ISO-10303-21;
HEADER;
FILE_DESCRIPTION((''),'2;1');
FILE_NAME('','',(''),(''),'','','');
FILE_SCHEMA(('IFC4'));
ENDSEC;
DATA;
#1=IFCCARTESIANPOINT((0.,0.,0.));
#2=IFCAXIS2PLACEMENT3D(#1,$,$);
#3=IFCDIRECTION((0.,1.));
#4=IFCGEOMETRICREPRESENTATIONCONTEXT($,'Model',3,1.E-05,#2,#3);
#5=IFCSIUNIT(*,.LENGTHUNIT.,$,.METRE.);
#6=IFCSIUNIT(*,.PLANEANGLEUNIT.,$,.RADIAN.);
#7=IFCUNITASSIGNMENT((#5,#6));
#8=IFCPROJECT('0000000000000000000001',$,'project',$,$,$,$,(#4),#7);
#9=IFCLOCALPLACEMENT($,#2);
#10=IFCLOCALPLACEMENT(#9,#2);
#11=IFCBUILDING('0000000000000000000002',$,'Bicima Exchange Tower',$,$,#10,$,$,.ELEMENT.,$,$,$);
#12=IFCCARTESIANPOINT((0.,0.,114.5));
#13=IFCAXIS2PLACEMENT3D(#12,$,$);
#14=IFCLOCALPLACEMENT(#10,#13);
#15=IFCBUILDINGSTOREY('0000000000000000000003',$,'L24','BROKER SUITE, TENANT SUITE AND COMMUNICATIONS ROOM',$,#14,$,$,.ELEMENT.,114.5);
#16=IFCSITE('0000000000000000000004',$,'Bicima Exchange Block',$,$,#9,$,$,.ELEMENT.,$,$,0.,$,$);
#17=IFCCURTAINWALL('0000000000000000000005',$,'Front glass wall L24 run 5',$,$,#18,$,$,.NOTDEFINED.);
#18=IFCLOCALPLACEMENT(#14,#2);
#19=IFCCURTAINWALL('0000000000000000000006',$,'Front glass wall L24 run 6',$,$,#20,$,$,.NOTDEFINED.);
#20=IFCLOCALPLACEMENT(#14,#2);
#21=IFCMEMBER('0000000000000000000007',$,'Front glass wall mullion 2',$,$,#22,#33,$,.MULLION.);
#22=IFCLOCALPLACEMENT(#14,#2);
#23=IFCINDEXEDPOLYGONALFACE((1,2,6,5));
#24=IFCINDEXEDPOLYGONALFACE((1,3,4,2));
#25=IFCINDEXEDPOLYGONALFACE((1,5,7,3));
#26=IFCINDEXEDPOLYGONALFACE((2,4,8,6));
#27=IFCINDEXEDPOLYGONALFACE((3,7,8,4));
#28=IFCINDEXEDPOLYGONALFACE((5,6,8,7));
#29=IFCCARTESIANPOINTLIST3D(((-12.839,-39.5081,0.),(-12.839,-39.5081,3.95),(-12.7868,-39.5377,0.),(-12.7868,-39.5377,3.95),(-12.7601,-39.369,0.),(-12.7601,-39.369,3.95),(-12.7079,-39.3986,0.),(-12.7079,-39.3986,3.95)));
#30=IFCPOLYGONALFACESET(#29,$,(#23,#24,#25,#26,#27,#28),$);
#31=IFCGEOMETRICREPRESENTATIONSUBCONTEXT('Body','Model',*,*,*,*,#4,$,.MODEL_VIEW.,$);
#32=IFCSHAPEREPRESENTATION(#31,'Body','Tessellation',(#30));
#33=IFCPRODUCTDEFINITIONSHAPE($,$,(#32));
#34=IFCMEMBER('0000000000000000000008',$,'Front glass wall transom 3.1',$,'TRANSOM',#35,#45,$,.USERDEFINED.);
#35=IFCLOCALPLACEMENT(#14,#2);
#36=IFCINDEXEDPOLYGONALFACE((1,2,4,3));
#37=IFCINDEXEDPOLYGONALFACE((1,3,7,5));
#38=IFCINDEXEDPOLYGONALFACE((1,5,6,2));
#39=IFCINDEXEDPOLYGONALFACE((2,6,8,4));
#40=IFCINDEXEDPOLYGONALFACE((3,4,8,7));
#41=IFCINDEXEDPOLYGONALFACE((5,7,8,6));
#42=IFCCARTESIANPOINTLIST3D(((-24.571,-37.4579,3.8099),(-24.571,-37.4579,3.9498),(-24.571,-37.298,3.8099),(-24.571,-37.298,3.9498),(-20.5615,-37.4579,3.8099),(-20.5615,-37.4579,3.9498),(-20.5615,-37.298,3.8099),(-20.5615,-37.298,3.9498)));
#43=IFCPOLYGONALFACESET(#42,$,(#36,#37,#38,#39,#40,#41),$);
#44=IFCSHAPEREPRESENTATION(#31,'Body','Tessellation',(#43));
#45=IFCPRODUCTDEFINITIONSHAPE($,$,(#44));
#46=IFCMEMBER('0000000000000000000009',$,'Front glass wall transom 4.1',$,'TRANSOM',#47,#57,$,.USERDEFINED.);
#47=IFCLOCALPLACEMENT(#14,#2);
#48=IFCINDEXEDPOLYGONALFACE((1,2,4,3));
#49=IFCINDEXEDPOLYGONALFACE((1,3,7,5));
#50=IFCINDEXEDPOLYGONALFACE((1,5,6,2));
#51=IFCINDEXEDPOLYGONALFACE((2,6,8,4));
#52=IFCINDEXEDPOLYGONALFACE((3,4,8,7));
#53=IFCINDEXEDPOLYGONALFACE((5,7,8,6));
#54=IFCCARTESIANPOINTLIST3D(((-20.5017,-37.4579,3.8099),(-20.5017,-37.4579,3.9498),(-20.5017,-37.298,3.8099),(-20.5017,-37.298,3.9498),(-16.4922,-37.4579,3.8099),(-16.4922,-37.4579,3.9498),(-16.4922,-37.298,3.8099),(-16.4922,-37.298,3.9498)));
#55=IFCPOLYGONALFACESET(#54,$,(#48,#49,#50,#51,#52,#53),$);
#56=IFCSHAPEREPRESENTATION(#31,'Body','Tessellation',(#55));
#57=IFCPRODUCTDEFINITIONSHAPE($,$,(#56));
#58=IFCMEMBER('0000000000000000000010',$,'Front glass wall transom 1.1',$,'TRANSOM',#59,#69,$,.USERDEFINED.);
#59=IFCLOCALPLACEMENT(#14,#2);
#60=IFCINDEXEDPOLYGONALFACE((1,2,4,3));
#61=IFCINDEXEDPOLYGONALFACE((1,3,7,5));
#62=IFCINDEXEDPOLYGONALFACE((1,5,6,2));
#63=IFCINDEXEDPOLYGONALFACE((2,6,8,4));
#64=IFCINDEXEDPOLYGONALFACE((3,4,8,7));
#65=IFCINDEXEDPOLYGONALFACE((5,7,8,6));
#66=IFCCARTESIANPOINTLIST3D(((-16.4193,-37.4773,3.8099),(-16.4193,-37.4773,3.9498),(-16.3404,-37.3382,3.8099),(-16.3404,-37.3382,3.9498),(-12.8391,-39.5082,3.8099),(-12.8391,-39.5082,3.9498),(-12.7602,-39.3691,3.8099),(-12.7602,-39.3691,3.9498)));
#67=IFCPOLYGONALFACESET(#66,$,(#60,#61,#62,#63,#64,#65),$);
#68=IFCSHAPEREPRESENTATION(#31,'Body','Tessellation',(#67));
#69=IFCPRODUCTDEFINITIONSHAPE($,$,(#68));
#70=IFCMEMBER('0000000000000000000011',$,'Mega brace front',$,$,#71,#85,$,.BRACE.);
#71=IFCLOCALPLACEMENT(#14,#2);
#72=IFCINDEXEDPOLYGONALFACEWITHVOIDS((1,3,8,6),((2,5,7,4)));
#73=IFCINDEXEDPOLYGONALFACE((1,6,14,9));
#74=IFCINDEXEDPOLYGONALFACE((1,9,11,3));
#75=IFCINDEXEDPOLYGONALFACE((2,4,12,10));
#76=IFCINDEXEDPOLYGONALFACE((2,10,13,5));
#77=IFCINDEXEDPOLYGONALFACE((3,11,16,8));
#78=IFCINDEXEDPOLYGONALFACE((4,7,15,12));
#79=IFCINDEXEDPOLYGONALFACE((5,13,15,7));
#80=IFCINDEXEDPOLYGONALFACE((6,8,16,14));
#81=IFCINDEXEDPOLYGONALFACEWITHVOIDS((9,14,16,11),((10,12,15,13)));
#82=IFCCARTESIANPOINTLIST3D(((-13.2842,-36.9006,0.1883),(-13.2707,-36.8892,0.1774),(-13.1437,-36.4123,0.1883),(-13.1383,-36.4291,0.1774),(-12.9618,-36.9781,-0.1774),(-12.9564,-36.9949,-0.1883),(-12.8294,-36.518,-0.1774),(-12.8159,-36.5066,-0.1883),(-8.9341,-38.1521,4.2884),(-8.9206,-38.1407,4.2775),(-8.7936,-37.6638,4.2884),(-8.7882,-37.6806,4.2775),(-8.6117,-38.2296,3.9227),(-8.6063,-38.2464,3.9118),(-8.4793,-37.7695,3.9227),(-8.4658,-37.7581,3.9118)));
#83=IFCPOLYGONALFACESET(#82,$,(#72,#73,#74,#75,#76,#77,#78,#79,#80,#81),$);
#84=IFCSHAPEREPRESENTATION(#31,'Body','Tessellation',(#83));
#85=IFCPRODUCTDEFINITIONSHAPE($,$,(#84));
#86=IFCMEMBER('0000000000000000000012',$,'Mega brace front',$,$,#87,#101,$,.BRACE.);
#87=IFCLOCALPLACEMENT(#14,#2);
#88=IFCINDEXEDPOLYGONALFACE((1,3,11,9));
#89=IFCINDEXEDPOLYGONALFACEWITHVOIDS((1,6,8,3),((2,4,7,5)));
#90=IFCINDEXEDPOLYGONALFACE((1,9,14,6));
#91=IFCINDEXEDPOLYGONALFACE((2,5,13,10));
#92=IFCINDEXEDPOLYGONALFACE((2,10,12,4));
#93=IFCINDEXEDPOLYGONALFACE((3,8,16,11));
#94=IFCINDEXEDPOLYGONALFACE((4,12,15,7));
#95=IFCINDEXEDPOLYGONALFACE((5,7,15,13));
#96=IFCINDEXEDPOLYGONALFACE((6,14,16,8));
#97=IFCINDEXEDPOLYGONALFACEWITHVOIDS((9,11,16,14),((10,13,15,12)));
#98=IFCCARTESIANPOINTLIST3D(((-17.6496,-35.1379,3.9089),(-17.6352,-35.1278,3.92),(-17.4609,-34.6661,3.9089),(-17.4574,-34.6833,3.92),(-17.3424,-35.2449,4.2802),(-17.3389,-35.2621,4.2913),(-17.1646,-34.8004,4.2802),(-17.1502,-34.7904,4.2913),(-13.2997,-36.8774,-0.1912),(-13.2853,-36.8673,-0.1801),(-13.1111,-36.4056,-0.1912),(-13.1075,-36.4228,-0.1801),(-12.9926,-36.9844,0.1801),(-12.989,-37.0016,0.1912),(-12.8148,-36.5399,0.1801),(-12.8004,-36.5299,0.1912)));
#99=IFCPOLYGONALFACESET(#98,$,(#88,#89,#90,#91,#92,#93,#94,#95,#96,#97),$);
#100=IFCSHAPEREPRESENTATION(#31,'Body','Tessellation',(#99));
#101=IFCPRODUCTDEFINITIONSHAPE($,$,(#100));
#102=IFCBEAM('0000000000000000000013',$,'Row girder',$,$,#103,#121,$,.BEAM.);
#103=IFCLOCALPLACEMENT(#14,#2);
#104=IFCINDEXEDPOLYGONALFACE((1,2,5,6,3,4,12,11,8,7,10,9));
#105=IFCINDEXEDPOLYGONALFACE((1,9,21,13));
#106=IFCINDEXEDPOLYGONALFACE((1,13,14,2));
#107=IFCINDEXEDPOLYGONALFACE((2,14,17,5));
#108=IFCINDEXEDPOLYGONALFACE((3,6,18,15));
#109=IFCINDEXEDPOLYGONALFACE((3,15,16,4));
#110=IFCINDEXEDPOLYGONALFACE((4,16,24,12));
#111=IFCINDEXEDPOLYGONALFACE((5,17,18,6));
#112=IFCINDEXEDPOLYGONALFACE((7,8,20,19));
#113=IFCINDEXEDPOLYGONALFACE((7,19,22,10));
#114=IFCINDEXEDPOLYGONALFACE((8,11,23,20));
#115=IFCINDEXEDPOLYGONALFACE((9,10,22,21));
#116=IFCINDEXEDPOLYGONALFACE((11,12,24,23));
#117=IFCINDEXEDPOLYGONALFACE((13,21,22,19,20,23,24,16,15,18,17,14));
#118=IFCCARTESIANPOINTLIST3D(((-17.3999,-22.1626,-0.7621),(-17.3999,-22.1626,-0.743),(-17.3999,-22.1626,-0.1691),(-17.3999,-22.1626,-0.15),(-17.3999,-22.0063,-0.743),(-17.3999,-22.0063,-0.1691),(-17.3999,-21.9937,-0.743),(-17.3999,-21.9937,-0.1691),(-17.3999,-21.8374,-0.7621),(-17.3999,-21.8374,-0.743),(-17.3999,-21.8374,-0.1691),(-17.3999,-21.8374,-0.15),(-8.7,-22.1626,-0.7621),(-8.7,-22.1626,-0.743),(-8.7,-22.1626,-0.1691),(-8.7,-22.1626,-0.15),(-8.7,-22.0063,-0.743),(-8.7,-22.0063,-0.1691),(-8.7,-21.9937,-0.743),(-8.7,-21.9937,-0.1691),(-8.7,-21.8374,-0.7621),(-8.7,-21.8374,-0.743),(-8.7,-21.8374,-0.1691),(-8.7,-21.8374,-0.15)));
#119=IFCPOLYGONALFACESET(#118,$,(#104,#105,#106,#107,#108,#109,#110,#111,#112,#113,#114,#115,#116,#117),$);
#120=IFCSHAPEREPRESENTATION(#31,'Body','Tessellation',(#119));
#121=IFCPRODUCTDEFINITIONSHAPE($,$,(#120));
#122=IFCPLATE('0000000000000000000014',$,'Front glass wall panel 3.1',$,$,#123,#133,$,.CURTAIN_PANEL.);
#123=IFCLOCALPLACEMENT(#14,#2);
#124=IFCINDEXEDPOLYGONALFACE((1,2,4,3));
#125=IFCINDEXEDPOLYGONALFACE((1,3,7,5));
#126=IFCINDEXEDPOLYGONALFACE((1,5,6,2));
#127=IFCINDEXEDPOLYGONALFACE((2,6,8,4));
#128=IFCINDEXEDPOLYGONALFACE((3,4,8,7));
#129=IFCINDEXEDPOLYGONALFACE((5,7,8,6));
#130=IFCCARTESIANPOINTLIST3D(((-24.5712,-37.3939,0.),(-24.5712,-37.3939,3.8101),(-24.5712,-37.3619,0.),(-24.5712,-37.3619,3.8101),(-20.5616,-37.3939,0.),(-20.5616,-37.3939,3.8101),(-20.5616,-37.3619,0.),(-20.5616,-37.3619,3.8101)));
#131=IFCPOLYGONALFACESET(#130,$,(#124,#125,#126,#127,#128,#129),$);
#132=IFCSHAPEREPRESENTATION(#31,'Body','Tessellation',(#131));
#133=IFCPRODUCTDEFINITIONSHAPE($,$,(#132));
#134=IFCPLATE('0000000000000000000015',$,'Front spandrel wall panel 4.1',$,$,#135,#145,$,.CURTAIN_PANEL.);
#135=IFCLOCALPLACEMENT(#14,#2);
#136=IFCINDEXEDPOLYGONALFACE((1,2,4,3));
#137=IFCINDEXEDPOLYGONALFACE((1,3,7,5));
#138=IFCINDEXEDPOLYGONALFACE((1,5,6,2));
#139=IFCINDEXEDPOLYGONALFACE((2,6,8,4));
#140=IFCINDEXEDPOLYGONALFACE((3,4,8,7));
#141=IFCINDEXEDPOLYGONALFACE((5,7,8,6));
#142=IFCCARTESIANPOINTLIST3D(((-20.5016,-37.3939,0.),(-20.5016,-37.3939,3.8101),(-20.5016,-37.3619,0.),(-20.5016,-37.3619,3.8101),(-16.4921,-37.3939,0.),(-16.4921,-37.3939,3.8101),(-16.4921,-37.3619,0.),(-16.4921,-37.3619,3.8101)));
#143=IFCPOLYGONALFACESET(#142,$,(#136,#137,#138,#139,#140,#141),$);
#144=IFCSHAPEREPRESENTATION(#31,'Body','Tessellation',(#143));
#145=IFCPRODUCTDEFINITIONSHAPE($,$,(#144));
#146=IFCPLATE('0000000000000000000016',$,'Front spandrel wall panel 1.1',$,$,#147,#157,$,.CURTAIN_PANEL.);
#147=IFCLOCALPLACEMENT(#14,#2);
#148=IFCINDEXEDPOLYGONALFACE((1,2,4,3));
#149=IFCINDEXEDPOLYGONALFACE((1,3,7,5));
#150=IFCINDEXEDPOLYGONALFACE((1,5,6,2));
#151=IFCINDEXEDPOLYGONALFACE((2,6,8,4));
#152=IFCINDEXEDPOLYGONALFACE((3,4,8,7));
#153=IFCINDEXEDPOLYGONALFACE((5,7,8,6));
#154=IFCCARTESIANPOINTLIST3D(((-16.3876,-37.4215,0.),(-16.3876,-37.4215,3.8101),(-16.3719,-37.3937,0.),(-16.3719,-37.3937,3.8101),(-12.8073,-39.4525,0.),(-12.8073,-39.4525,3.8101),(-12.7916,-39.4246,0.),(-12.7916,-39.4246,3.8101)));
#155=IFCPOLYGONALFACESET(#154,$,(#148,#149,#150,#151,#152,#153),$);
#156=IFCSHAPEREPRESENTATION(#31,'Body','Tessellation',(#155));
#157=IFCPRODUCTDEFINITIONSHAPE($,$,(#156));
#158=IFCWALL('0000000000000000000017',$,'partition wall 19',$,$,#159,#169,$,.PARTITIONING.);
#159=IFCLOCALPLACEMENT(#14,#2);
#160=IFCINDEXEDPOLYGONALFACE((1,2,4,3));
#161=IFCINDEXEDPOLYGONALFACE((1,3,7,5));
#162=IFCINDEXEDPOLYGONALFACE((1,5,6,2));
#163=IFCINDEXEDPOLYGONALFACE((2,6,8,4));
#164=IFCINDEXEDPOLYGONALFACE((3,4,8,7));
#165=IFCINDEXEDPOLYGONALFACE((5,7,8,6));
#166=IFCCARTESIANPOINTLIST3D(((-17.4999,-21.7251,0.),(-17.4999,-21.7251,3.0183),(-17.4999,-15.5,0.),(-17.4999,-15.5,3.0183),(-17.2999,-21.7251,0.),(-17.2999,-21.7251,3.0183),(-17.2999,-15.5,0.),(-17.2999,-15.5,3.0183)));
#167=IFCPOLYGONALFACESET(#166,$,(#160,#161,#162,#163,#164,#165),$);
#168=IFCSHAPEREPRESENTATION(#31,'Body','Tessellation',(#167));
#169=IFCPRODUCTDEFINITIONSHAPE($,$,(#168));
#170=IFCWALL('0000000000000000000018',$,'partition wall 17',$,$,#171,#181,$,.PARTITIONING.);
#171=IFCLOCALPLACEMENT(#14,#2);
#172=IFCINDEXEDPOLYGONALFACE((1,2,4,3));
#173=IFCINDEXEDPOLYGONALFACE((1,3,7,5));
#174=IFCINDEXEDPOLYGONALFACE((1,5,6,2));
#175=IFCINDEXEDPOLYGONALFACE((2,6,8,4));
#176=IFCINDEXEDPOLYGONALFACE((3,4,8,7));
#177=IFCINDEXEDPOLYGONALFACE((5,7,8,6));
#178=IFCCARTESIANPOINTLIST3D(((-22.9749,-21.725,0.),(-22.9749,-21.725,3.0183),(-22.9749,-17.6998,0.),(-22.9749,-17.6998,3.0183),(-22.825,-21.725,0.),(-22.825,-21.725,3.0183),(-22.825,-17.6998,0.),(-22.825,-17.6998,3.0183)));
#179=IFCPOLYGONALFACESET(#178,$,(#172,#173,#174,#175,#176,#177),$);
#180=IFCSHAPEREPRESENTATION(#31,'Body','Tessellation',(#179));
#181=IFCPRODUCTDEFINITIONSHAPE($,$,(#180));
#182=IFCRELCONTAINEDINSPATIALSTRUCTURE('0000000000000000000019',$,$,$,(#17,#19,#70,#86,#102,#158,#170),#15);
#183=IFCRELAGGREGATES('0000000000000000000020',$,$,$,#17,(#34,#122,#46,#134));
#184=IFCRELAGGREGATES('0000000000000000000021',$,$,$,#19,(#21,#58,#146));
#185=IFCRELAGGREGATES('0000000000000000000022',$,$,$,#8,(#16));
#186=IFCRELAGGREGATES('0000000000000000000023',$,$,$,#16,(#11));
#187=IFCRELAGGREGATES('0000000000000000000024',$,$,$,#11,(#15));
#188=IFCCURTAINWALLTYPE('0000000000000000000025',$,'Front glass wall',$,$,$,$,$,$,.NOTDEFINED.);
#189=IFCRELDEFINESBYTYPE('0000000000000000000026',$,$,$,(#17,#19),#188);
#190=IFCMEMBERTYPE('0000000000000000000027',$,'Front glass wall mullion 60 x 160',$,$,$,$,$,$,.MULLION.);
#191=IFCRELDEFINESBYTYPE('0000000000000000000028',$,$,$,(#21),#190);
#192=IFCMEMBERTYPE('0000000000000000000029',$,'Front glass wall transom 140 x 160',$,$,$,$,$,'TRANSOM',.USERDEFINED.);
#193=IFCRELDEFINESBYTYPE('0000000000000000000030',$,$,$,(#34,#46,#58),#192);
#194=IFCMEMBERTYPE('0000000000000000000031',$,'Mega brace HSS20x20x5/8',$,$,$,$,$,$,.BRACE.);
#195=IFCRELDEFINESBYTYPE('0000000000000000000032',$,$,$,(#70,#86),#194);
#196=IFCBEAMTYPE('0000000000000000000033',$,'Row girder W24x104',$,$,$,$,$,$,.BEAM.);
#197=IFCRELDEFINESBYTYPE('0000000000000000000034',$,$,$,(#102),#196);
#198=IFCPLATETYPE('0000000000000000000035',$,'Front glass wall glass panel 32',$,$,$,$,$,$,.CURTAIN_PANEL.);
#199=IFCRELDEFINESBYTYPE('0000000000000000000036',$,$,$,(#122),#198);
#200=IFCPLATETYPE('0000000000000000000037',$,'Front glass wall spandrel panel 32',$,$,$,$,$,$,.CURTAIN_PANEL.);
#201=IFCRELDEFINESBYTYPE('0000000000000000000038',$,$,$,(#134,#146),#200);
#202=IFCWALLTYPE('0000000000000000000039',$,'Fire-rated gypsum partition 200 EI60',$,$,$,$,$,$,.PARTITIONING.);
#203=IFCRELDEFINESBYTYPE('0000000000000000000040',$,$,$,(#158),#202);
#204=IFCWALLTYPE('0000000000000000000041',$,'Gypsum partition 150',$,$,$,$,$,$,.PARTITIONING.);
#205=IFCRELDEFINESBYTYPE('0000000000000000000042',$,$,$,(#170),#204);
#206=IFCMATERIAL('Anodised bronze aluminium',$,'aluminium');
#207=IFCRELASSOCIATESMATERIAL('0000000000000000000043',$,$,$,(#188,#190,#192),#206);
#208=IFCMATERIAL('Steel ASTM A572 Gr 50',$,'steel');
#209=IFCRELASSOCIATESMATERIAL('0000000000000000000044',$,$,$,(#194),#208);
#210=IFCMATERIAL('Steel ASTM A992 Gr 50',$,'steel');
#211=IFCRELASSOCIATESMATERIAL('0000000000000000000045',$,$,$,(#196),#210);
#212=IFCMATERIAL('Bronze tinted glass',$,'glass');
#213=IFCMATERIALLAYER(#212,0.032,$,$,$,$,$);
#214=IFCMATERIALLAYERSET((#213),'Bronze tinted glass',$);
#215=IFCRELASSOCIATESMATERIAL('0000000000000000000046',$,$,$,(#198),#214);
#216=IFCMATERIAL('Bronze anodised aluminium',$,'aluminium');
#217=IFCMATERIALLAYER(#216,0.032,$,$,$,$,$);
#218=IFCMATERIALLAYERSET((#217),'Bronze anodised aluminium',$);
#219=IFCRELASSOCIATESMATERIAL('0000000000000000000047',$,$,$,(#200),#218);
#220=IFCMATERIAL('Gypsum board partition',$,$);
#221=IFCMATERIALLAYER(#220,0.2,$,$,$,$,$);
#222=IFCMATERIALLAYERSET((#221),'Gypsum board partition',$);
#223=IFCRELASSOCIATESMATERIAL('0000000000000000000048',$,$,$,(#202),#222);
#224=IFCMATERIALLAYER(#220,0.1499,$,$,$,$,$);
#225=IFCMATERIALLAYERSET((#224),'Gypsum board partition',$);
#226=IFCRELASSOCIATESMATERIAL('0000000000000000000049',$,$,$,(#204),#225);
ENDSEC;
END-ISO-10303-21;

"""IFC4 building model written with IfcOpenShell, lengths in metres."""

from ifc_helpers import new_model, si_unit, direction, frame, frame_2d, origin, origin_2d, place, context, subcontext, project, spatial, rectangle, hollow_rectangle, i_section, extrude, material, layer, layer_set, material_profile, profile_set, type_object, element, aggregate, save


model = new_model("IFC4")

# Units and contexts
model_context = context("Model", 3, precision=1e-05, world=origin(), true_north=direction((0.0, 1.0)))
body_context = subcontext(model_context, "Body", "Model", "MODEL_VIEW")
ifc_project = project(units=[si_unit("LENGTHUNIT", "METRE"), si_unit("PLANEANGLEUNIT", "RADIAN")], contexts=[model_context])

# Site, building, storey
site_placement = place(None, origin())
site = spatial("IfcSite", under=ifc_project, at=site_placement, Name="Bicima Exchange Block", CompositionType="ELEMENT", RefElevation=0.0)
building_placement = place(site_placement, origin())
building = spatial("IfcBuilding", under=site, at=building_placement, Name="Bicima Exchange Tower", CompositionType="ELEMENT")
storey_placement = place(building_placement, frame((0.0, 0.0, 114.5)))
storey = spatial("IfcBuildingStorey", under=building, at=storey_placement, Name="L24", Description="BROKER SUITE, TENANT SUITE AND COMMUNICATIONS ROOM", CompositionType="ELEMENT", Elevation=114.5)

# Shared definitions
ifc_material_1 = material(Name="Steel ASTM A992 Gr 50", Category="steel")

# Curtain walls, member
ifc_material_2 = material(Name="Anodised bronze aluminium", Category="aluminium")
curtain_wall_type = type_object("IfcCurtainWallType", Name="Front glass wall", PredefinedType="NOTDEFINED", material=ifc_material_2)
curtain_wall_1_placement = place(storey_placement, origin())
curtain_wall_1 = element("IfcCurtainWall", 1, at=curtain_wall_1_placement, inside=storey, type_object=curtain_wall_type, Name="Front glass wall L24 run 5", PredefinedType="NOTDEFINED")
ifc_material_profile_1 = material_profile(ifc_material_2, rectangle(XDim=0.1599, YDim=0.0601, at=origin_2d()))
ifc_profile_set_1 = profile_set([ifc_material_profile_1], Name="Anodised bronze aluminium")
member_type_1 = type_object("IfcMemberType", Name="Front glass wall mullion 60 x 160", PredefinedType="MULLION", material=ifc_profile_set_1)
curtain_wall_2_placement = place(storey_placement, origin())
curtain_wall_2 = element("IfcCurtainWall", 2, at=curtain_wall_2_placement, inside=storey, type_object=curtain_wall_type, Name="Front glass wall L24 run 6", PredefinedType="NOTDEFINED")
member_1_placement = place(storey_placement, frame((-12.7734, -39.4534, 0.0), z_axis=(0.0, 0.0, 1.0), x_axis=(0.493395, 0.869805, 0.0)))
member_1 = element("IfcMember", 3, at=member_1_placement, type_object=member_type_1, Name="Front glass wall mullion 2", PredefinedType="MULLION", context=body_context, shape_type="SweptSolid", body=[
    extrude(rectangle(XDim=0.1599, YDim=0.0601, at=origin_2d()), origin(), (0.0, 0.0, 1.0), 3.95),
])

# Members
ifc_material_profile_2 = material_profile(ifc_material_2, rectangle(XDim=0.1599, YDim=0.1399, at=origin_2d()))
ifc_profile_set_2 = profile_set([ifc_material_profile_2], Name="Anodised bronze aluminium")
member_type_2 = type_object("IfcMemberType", Name="Front glass wall transom 140 x 160", ElementType="TRANSOM", PredefinedType="USERDEFINED", material=ifc_profile_set_2)
member_2_placement = place(storey_placement, frame((-24.571, -37.3779, 3.8799), z_axis=(1.0, 0.0, 0.0), x_axis=(0.0, 1.0, 0.0)))
member_2 = element("IfcMember", 4, at=member_2_placement, type_object=member_type_2, Name="Front glass wall transom 3.1", ObjectType="TRANSOM", PredefinedType="USERDEFINED", context=body_context, shape_type="SweptSolid", body=[
    extrude(rectangle(XDim=0.1599, YDim=0.1399, at=origin_2d()), origin(), (0.0, 0.0, 1.0), 4.0095),
])
member_3_placement = place(storey_placement, frame((-20.5017, -37.3779, 3.8799), z_axis=(1.0, 0.0, 0.0), x_axis=(0.0, 1.0, 0.0)))
member_3 = element("IfcMember", 5, at=member_3_placement, type_object=member_type_2, Name="Front glass wall transom 4.1", ObjectType="TRANSOM", PredefinedType="USERDEFINED", context=body_context, shape_type="SweptSolid", body=[
    extrude(rectangle(XDim=0.1599, YDim=0.1399, at=origin_2d()), origin(), (0.0, 0.0, 1.0), 4.0095),
])
member_4_placement = place(storey_placement, frame((-16.3799, -37.4077, 3.8799), z_axis=(0.869797, -0.493409, 0.0), x_axis=(0.493409, 0.869797, 0.0)))
member_4 = element("IfcMember", 6, at=member_4_placement, type_object=member_type_2, Name="Front glass wall transom 1.1", ObjectType="TRANSOM", PredefinedType="USERDEFINED", context=body_context, shape_type="SweptSolid", body=[
    extrude(rectangle(XDim=0.1599, YDim=0.1399, at=origin_2d()), origin(), (0.0, 0.0, 1.0), 4.1162),
])

# Members
ifc_material_3 = material(Name="Steel ASTM A572 Gr 50", Category="steel")
ifc_material_profile_3 = material_profile(ifc_material_3, hollow_rectangle(XDim=0.5081, YDim=0.5081, WallThickness=0.0146, at=origin_2d()))
ifc_profile_set_3 = profile_set([ifc_material_profile_3], Name="Steel ASTM A572 Gr 50")
member_type_3 = type_object("IfcMemberType", Name="Mega brace HSS20x20x5/8", PredefinedType="BRACE", material=ifc_profile_set_3)
member_5_placement = place(storey_placement, frame((-13.05, -36.7036, 0.0), z_axis=(0.712267, -0.20491, 0.671333), x_axis=(0.276473, 0.961022, 0.0)))
element("IfcMember", 7, at=member_5_placement, inside=storey, type_object=member_type_3, Name="Mega brace front", PredefinedType="BRACE", context=body_context, shape_type="SweptSolid", body=[
    extrude(hollow_rectangle(XDim=0.5081, YDim=0.5081, WallThickness=0.0146, at=origin_2d()), origin(), (0.0, 0.0, 1.0), 6.1074),
])
member_6_placement = place(storey_placement, frame((-13.05, -36.7036, 0.0), z_axis=(-0.698706, 0.279412, 0.658588), x_axis=(-0.37131, -0.928509, 0.0)))
element("IfcMember", 8, at=member_6_placement, inside=storey, type_object=member_type_3, Name="Mega brace front", PredefinedType="BRACE", context=body_context, shape_type="SweptSolid", body=[
    extrude(hollow_rectangle(XDim=0.5081, YDim=0.5081, WallThickness=0.0146, at=origin_2d()), origin(), (0.0, 0.0, 1.0), 6.2256),
])

# Beam
ifc_material_profile_4 = material_profile(ifc_material_1, i_section(OverallWidth=0.3252, OverallDepth=0.6121, WebThickness=0.0127, FlangeThickness=0.019, at=origin_2d()))
ifc_profile_set_4 = profile_set([ifc_material_profile_4], Name="Steel ASTM A992 Gr 50")
beam_type_1 = type_object("IfcBeamType", Name="Row girder W24x104", PredefinedType="BEAM", material=ifc_profile_set_4)
beam_1_placement = place(storey_placement, frame((-17.3999, -22.0, -0.4561), z_axis=(1.0, 0.0, 0.0), x_axis=(0.0, 1.0, 0.0)))
element("IfcBeam", 9, at=beam_1_placement, inside=storey, type_object=beam_type_1, Name="Row girder", PredefinedType="BEAM", context=body_context, shape_type="SweptSolid", body=[
    extrude(i_section(OverallWidth=0.3252, OverallDepth=0.6121, WebThickness=0.0127, FlangeThickness=0.019, at=origin_2d()), origin(), (0.0, 0.0, 1.0), 8.7),
])

# Plates
ifc_material_4 = material(Name="Bronze tinted glass", Category="glass")
ifc_layer_1 = layer(ifc_material_4, 0.032)
ifc_layer_set_1 = layer_set([ifc_layer_1], Name="Bronze tinted glass")
plate_type_1 = type_object("IfcPlateType", Name="Front glass wall glass panel 32", PredefinedType="CURTAIN_PANEL", material=ifc_layer_set_1)
plate_1_placement = place(storey_placement, frame((-22.5664, -37.3779, 0.0), z_axis=(0.0, 0.0, 1.0), x_axis=(1.0, 0.0, 0.0)))
plate_1 = element("IfcPlate", 10, at=plate_1_placement, type_object=plate_type_1, Name="Front glass wall panel 3.1", PredefinedType="CURTAIN_PANEL", context=body_context, shape_type="SweptSolid", body=[
    extrude(rectangle(XDim=4.0095, YDim=0.032, at=origin_2d()), origin(), (0.0, 0.0, 1.0), 3.8101),
])
ifc_material_5 = material(Name="Bronze anodised aluminium", Category="aluminium")
ifc_layer_2 = layer(ifc_material_5, 0.032)
ifc_layer_set_2 = layer_set([ifc_layer_2], Name="Bronze anodised aluminium")
plate_type_2 = type_object("IfcPlateType", Name="Front glass wall spandrel panel 32", PredefinedType="CURTAIN_PANEL", material=ifc_layer_set_2)
plate_2_placement = place(storey_placement, frame((-18.4968, -37.3779, 0.0), z_axis=(0.0, 0.0, 1.0), x_axis=(1.0, 0.0, 0.0)))
plate_2 = element("IfcPlate", 11, at=plate_2_placement, type_object=plate_type_2, Name="Front spandrel wall panel 4.1", PredefinedType="CURTAIN_PANEL", context=body_context, shape_type="SweptSolid", body=[
    extrude(rectangle(XDim=4.0095, YDim=0.032, at=origin_2d()), origin(), (0.0, 0.0, 1.0), 3.8101),
])
aggregate(curtain_wall_1, [member_2, plate_1, member_3, plate_2])
plate_3_placement = place(storey_placement, frame((-14.5896, -38.4231, 0.0), z_axis=(0.0, 0.0, 1.0), x_axis=(0.869805, -0.493395, 0.0)))
plate_3 = element("IfcPlate", 12, at=plate_3_placement, type_object=plate_type_2, Name="Front spandrel wall panel 1.1", PredefinedType="CURTAIN_PANEL", context=body_context, shape_type="SweptSolid", body=[
    extrude(rectangle(XDim=4.1162, YDim=0.032, at=origin_2d()), origin(), (0.0, 0.0, 1.0), 3.8101),
])
aggregate(curtain_wall_2, [member_1, member_4, plate_3])

# Walls
ifc_material_6 = material(Name="Gypsum board partition")
ifc_layer_3 = layer(ifc_material_6, 0.2)
ifc_layer_set_3 = layer_set([ifc_layer_3], Name="Gypsum board partition")
wall_type_1 = type_object("IfcWallType", Name="Fire-rated gypsum partition 200 EI60", PredefinedType="PARTITIONING", material=ifc_layer_set_3)
wall_placement = place(storey_placement, frame((-17.3999, -21.7251, 0.0), z_axis=(0.0, 0.0, 1.0), x_axis=(0.0, 1.0, 0.0)))
element("IfcWall", 13, at=wall_placement, inside=storey, type_object=wall_type_1, Name="partition wall 19", PredefinedType="PARTITIONING", context=body_context, shape_type="SweptSolid", body=[
    extrude(rectangle(XDim=6.2251, YDim=0.2, at=frame_2d((3.1125, 0.0))), origin(), (0.0, 0.0, 1.0), 3.0183),
])
ifc_layer_4 = layer(ifc_material_6, 0.1499)
ifc_layer_set_4 = layer_set([ifc_layer_4], Name="Gypsum board partition")
wall_type_2 = type_object("IfcWallType", Name="Gypsum partition 150", PredefinedType="PARTITIONING", material=ifc_layer_set_4)
for number, where, z_axis, x_axis, name in (
    (14, (-22.8999, -21.7251, 0.0), (0.0, 0.0, 1.0), (0.0, 1.0, 0.0), "partition wall 17"),
):
    element("IfcWall", number, at=place(storey_placement, frame(where, z_axis=z_axis, x_axis=x_axis)), inside=storey, type_object=wall_type_2, Name=name, PredefinedType="PARTITIONING", context=body_context, shape_type="SweptSolid", body=[
        extrude(rectangle(XDim=4.0251, YDim=0.1499, at=frame_2d((2.0127, 0.0))), origin(), (0.0, 0.0, 1.0), 3.0183),
    ])

save(model, "model.ifc")
